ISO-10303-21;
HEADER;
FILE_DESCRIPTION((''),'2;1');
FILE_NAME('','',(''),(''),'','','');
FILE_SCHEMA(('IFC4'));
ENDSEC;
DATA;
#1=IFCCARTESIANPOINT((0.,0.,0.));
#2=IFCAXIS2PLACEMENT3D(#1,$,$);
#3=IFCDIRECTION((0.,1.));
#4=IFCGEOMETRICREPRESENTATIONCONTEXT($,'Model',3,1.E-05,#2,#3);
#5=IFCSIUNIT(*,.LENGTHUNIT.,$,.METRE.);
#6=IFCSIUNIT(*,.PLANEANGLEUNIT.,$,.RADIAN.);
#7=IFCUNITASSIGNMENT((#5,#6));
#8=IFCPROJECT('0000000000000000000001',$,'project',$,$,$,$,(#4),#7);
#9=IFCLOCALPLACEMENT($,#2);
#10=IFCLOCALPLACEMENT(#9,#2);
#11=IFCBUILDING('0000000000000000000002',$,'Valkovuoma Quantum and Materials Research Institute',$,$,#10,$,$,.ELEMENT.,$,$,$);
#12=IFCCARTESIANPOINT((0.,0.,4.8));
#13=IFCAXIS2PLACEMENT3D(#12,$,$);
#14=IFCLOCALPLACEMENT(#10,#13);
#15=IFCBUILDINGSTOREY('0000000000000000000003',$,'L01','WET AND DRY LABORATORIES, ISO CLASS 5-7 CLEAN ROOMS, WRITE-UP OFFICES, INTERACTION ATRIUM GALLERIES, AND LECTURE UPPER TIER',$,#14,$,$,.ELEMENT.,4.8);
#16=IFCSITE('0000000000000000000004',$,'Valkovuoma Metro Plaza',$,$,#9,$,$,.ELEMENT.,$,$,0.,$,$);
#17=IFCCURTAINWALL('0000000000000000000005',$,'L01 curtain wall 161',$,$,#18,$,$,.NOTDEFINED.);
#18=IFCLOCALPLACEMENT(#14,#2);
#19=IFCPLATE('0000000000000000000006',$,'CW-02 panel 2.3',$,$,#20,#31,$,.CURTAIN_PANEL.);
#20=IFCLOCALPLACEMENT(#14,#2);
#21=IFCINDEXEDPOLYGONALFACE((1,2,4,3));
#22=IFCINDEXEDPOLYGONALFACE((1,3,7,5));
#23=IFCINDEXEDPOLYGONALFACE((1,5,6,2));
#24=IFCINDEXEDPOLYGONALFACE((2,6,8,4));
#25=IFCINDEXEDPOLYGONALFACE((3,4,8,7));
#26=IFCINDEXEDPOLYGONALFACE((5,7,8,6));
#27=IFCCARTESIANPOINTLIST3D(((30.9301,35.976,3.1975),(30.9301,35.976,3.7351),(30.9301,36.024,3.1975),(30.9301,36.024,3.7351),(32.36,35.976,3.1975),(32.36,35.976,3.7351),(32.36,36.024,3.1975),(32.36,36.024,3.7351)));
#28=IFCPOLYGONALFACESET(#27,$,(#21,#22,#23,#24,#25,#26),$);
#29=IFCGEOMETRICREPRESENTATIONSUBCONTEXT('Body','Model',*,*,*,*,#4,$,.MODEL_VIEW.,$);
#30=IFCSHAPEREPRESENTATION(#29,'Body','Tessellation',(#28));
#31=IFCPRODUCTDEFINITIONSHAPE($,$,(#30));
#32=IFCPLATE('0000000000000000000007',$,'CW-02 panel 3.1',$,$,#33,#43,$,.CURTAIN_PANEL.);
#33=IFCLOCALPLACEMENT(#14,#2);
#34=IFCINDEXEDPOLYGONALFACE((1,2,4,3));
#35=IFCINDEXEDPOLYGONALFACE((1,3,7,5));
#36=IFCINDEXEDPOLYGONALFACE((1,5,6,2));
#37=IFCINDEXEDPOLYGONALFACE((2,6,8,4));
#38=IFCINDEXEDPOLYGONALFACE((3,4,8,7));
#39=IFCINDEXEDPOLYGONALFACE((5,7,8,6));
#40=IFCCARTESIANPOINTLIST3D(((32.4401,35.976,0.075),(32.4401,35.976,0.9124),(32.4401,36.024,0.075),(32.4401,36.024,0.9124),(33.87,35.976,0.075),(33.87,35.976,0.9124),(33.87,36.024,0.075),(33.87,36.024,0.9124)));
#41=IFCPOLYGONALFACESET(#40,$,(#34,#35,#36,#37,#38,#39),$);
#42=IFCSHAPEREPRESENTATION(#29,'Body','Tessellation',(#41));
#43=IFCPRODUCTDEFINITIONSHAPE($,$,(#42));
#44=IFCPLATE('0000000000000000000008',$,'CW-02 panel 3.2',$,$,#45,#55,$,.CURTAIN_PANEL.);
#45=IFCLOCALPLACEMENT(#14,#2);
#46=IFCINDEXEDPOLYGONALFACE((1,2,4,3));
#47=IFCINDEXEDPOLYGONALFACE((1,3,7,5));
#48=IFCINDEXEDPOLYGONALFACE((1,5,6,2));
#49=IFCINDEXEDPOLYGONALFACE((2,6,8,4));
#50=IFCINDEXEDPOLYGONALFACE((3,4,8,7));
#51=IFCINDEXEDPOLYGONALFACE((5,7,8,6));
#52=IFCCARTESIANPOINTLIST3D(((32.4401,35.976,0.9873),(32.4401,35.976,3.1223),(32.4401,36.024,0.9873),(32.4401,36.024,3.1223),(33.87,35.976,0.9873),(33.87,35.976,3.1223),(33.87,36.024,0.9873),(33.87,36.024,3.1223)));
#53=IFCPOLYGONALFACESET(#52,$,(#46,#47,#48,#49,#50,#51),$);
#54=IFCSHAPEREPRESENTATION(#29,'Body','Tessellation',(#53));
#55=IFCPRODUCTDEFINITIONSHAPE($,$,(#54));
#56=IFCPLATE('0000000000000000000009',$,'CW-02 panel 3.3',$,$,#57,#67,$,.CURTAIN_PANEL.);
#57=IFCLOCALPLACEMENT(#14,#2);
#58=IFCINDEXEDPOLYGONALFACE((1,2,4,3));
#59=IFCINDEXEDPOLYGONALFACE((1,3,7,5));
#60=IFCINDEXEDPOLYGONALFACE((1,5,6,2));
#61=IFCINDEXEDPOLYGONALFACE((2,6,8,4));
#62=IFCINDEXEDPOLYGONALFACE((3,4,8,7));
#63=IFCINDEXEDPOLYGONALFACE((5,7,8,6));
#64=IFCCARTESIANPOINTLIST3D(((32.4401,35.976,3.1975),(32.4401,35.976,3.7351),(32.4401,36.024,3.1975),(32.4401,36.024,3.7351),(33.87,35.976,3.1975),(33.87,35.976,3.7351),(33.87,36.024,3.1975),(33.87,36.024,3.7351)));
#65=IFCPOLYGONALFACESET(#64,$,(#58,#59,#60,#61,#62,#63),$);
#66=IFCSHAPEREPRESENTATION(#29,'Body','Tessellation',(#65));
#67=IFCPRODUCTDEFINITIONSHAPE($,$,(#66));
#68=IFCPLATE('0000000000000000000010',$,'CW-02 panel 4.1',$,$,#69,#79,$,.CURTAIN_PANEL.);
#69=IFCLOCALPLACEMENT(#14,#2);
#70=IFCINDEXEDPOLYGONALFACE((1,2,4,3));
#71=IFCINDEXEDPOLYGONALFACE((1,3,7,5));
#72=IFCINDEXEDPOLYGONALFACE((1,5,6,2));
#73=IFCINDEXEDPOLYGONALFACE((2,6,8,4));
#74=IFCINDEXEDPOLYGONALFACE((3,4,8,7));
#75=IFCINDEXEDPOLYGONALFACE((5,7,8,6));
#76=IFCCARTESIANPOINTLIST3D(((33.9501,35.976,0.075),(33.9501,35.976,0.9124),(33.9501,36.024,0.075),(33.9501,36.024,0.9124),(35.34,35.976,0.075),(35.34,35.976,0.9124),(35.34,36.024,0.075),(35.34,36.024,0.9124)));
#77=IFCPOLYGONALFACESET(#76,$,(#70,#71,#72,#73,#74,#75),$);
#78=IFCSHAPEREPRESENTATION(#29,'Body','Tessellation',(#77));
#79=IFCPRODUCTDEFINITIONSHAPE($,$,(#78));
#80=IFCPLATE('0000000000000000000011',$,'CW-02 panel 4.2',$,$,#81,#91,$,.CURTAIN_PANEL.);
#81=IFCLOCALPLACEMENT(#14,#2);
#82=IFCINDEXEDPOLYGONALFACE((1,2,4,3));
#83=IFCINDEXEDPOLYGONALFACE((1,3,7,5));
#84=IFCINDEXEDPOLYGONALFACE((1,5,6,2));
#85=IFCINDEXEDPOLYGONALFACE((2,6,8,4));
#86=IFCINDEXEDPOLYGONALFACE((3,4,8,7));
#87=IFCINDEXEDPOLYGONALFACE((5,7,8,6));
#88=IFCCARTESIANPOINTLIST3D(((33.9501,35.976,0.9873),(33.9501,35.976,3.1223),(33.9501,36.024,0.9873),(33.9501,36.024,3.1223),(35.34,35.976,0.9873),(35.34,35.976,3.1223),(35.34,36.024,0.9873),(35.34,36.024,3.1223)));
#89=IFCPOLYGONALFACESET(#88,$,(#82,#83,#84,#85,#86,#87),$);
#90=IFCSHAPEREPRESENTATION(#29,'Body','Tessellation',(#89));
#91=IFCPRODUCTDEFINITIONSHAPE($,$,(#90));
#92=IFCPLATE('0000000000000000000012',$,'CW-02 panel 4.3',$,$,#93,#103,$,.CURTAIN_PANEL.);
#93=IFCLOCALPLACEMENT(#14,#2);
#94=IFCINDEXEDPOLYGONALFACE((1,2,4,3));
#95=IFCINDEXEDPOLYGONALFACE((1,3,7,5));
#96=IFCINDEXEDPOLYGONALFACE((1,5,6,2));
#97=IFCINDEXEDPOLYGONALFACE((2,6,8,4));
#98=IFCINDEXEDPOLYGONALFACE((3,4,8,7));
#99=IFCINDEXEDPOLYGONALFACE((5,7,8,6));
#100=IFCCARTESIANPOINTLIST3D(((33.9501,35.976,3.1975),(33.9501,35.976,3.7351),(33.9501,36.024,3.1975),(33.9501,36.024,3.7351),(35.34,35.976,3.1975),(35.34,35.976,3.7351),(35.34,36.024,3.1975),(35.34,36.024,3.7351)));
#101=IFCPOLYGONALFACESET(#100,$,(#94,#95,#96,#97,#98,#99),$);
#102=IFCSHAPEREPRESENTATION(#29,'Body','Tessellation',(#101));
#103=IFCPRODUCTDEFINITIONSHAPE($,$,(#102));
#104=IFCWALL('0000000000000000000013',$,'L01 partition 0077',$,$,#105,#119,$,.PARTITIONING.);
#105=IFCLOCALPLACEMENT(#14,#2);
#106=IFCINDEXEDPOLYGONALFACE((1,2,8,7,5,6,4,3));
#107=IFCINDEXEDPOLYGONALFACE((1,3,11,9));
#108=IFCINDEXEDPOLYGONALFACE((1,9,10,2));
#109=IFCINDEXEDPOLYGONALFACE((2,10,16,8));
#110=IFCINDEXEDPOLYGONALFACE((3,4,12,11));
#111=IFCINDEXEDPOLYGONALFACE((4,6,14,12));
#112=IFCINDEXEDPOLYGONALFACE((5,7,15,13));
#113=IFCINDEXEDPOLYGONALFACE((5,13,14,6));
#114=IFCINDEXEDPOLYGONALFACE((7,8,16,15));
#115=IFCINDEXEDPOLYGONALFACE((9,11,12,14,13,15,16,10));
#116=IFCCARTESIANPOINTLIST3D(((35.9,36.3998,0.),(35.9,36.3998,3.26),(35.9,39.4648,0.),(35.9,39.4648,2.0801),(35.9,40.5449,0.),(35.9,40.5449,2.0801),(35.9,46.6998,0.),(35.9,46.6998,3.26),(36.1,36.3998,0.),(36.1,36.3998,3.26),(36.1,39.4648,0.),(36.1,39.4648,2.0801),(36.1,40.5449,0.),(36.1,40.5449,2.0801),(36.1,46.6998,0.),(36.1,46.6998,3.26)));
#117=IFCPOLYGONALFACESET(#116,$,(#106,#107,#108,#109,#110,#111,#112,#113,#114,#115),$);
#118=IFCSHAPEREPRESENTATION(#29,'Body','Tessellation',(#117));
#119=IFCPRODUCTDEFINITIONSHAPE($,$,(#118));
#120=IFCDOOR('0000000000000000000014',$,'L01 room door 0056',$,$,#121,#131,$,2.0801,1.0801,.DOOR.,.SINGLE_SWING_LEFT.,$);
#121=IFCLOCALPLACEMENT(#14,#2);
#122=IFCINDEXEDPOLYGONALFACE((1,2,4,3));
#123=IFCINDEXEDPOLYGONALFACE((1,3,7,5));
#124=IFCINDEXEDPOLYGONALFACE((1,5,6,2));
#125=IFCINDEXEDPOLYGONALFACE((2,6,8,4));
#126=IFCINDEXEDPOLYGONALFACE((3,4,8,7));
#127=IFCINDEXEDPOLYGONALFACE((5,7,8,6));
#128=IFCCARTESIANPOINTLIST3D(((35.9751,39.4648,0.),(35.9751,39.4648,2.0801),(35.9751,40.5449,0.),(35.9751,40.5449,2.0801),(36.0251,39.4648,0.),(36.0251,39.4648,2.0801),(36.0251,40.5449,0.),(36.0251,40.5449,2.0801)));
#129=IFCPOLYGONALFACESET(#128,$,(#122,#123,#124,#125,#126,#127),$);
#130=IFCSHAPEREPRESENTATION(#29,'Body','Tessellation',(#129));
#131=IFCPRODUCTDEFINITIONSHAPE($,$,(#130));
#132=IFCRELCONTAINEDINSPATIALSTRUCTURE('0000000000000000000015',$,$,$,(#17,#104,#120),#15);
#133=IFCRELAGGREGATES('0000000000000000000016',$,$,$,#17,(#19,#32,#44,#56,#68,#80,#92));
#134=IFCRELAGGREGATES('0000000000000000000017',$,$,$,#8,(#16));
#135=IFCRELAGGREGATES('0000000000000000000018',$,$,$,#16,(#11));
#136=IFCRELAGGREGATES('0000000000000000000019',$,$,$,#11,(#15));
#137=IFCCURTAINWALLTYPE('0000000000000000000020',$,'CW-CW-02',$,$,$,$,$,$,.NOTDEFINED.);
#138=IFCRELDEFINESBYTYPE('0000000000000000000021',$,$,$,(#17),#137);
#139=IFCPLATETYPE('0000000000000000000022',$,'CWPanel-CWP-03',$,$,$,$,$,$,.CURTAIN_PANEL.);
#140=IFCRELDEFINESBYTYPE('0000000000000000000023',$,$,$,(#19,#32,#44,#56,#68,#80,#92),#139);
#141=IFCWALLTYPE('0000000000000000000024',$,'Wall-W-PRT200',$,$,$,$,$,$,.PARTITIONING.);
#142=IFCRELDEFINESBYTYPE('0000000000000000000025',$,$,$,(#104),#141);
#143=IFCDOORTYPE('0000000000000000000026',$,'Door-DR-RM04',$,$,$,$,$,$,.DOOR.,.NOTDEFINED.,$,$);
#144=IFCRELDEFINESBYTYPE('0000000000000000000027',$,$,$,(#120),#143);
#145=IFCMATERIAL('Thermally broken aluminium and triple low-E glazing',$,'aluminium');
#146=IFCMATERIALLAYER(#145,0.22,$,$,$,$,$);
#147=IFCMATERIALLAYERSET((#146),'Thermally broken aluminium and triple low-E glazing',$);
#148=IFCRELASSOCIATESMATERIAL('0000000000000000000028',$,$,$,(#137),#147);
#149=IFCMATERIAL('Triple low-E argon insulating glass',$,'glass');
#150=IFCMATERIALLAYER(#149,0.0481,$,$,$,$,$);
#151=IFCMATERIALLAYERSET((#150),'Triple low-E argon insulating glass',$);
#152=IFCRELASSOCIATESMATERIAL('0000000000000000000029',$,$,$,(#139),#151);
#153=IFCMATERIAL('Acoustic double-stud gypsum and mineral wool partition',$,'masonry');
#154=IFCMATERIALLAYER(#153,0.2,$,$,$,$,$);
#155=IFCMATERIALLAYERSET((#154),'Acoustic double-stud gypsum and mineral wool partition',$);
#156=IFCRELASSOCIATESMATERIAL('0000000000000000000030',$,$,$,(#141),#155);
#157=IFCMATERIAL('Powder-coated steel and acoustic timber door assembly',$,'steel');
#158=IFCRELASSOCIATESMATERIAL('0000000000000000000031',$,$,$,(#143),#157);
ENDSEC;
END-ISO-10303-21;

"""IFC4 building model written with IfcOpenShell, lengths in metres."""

from ifc_helpers import new_model, si_unit, direction, frame, frame_2d, origin, origin_2d, place, context, subcontext, project, spatial, rectangle, extrude, material, layer, layer_set, type_object, element, fill, aggregate, save


model = new_model("IFC4")

# Units and contexts
model_context = context("Model", 3, precision=1e-05, world=origin(), true_north=direction((0.0, 1.0)))
body_context = subcontext(model_context, "Body", "Model", "MODEL_VIEW")
ifc_project = project(units=[si_unit("LENGTHUNIT", "METRE"), si_unit("PLANEANGLEUNIT", "RADIAN")], contexts=[model_context])

# Site, building, storey
site_placement = place(None, origin())
site = spatial("IfcSite", under=ifc_project, at=site_placement, Name="Valkovuoma Metro Plaza", CompositionType="ELEMENT", RefElevation=0.0)
building_placement = place(site_placement, origin())
building = spatial("IfcBuilding", under=site, at=building_placement, Name="Valkovuoma Quantum and Materials Research Institute", CompositionType="ELEMENT")
storey_placement = place(building_placement, frame((0.0, 0.0, 4.8)))
storey = spatial("IfcBuildingStorey", under=building, at=storey_placement, Name="L01", Description="WET AND DRY LABORATORIES, ISO CLASS 5-7 CLEAN ROOMS, WRITE-UP OFFICES, INTERACTION ATRIUM GALLERIES, AND LECTURE UPPER TIER", CompositionType="ELEMENT", Elevation=4.8)

# Curtain wall
ifc_material_1 = material(Name="Thermally broken aluminium and triple low-E glazing", Category="aluminium")
ifc_layer_1 = layer(ifc_material_1, 0.22)
ifc_layer_set_1 = layer_set([ifc_layer_1], Name="Thermally broken aluminium and triple low-E glazing")
curtain_wall_type = type_object("IfcCurtainWallType", Name="CW-CW-02", PredefinedType="NOTDEFINED", material=ifc_layer_set_1)
curtain_wall_1_placement = place(storey_placement, origin())
curtain_wall_1 = element("IfcCurtainWall", 1, at=curtain_wall_1_placement, inside=storey, type_object=curtain_wall_type, Name="L01 curtain wall 161", PredefinedType="NOTDEFINED")

# Plates
ifc_material_2 = material(Name="Triple low-E argon insulating glass", Category="glass")
ifc_layer_2 = layer(ifc_material_2, 0.0481)
ifc_layer_set_2 = layer_set([ifc_layer_2], Name="Triple low-E argon insulating glass")
plate_type = type_object("IfcPlateType", Name="CWPanel-CWP-03", PredefinedType="CURTAIN_PANEL", material=ifc_layer_set_2)
plate_1_placement = place(storey_placement, frame((31.645, 36.0, 3.1975), z_axis=(0.0, 0.0, 1.0), x_axis=(1.0, 0.0, 0.0)))
plate_1 = element("IfcPlate", 2, at=plate_1_placement, type_object=plate_type, Name="CW-02 panel 2.3", PredefinedType="CURTAIN_PANEL", context=body_context, shape_type="SweptSolid", body=[
    extrude(rectangle(XDim=1.4299, YDim=0.0481, at=origin_2d()), origin(), (0.0, 0.0, 1.0), 0.5376),
])
plate_2_placement = place(storey_placement, frame((33.155, 36.0, 0.075), z_axis=(0.0, 0.0, 1.0), x_axis=(1.0, 0.0, 0.0)))
plate_2 = element("IfcPlate", 3, at=plate_2_placement, type_object=plate_type, Name="CW-02 panel 3.1", PredefinedType="CURTAIN_PANEL", context=body_context, shape_type="SweptSolid", body=[
    extrude(rectangle(XDim=1.4299, YDim=0.0481, at=origin_2d()), origin(), (0.0, 0.0, 1.0), 0.8374),
])
plate_3_placement = place(storey_placement, frame((33.155, 36.0, 0.9873), z_axis=(0.0, 0.0, 1.0), x_axis=(1.0, 0.0, 0.0)))
plate_3 = element("IfcPlate", 4, at=plate_3_placement, type_object=plate_type, Name="CW-02 panel 3.2", PredefinedType="CURTAIN_PANEL", context=body_context, shape_type="SweptSolid", body=[
    extrude(rectangle(XDim=1.4299, YDim=0.0481, at=origin_2d()), origin(), (0.0, 0.0, 1.0), 2.135),
])
plate_4_placement = place(storey_placement, frame((33.155, 36.0, 3.1975), z_axis=(0.0, 0.0, 1.0), x_axis=(1.0, 0.0, 0.0)))
plate_4 = element("IfcPlate", 5, at=plate_4_placement, type_object=plate_type, Name="CW-02 panel 3.3", PredefinedType="CURTAIN_PANEL", context=body_context, shape_type="SweptSolid", body=[
    extrude(rectangle(XDim=1.4299, YDim=0.0481, at=origin_2d()), origin(), (0.0, 0.0, 1.0), 0.5376),
])
plate_5_placement = place(storey_placement, frame((34.645, 36.0, 0.075), z_axis=(0.0, 0.0, 1.0), x_axis=(1.0, 0.0, 0.0)))
plate_5 = element("IfcPlate", 6, at=plate_5_placement, type_object=plate_type, Name="CW-02 panel 4.1", PredefinedType="CURTAIN_PANEL", context=body_context, shape_type="SweptSolid", body=[
    extrude(rectangle(XDim=1.3899, YDim=0.0481, at=origin_2d()), origin(), (0.0, 0.0, 1.0), 0.8374),
])
plate_6_placement = place(storey_placement, frame((34.645, 36.0, 0.9873), z_axis=(0.0, 0.0, 1.0), x_axis=(1.0, 0.0, 0.0)))
plate_6 = element("IfcPlate", 7, at=plate_6_placement, type_object=plate_type, Name="CW-02 panel 4.2", PredefinedType="CURTAIN_PANEL", context=body_context, shape_type="SweptSolid", body=[
    extrude(rectangle(XDim=1.3899, YDim=0.0481, at=origin_2d()), origin(), (0.0, 0.0, 1.0), 2.135),
])
plate_7_placement = place(storey_placement, frame((34.645, 36.0, 3.1975), z_axis=(0.0, 0.0, 1.0), x_axis=(1.0, 0.0, 0.0)))
plate_7 = element("IfcPlate", 8, at=plate_7_placement, type_object=plate_type, Name="CW-02 panel 4.3", PredefinedType="CURTAIN_PANEL", context=body_context, shape_type="SweptSolid", body=[
    extrude(rectangle(XDim=1.3899, YDim=0.0481, at=origin_2d()), origin(), (0.0, 0.0, 1.0), 0.5376),
])
aggregate(curtain_wall_1, [plate_1, plate_2, plate_3, plate_4, plate_5, plate_6, plate_7])

# Wall, opening, door
ifc_material_3 = material(Name="Acoustic double-stud gypsum and mineral wool partition", Category="masonry")
ifc_layer_3 = layer(ifc_material_3, 0.2)
ifc_layer_set_3 = layer_set([ifc_layer_3], Name="Acoustic double-stud gypsum and mineral wool partition")
wall_type = type_object("IfcWallType", Name="Wall-W-PRT200", PredefinedType="PARTITIONING", material=ifc_layer_set_3)
wall_placement = place(storey_placement, frame((36.0, 36.3999, 0.0), z_axis=(0.0, 0.0, 1.0), x_axis=(0.0, 1.0, 0.0)))
wall = element("IfcWall", 9, at=wall_placement, inside=storey, type_object=wall_type, Name="L01 partition 0077", PredefinedType="PARTITIONING", context=body_context, shape_type="SweptSolid", body=[
    extrude(rectangle(XDim=10.3, YDim=0.2, at=frame_2d((5.1499, 0.0))), origin(), (0.0, 0.0, 1.0), 3.26),
])
opening_placement = place(wall_placement, frame((3.0649, 0.0, 0.0)))
opening = element("IfcOpeningElement", 10, at=opening_placement, cuts=wall, PredefinedType="OPENING", context=body_context, shape_type="SweptSolid", body=[
    extrude(rectangle(XDim=1.0801, YDim=2.0801, at=frame_2d((0.54, 1.04))), frame((0.0, 0.1099, 0.0), z_axis=(0.0, -1.0, 0.0), x_axis=(1.0, 0.0, 0.0)), (0.0, 0.0, 1.0), 0.22),
])
ifc_material_4 = material(Name="Powder-coated steel and acoustic timber door assembly", Category="steel")
door_type = type_object("IfcDoorType", Name="Door-DR-RM04", OperationType="NOTDEFINED", PredefinedType="DOOR", material=ifc_material_4)
door_placement = place(opening_placement, origin())
door = element("IfcDoor", 11, at=door_placement, inside=storey, type_object=door_type, Name="L01 room door 0056", OperationType="SINGLE_SWING_LEFT", OverallHeight=2.0801, OverallWidth=1.0801, PredefinedType="DOOR", context=body_context, shape_type="SweptSolid", body=[
    extrude(rectangle(XDim=1.0801, YDim=2.0801, at=frame_2d((0.54, 1.04))), frame((0.0, 0.0249, 0.0), z_axis=(0.0, -1.0, 0.0), x_axis=(1.0, 0.0, 0.0)), (0.0, 0.0, 1.0), 0.05),
])
fill(opening, door)

save(model, "model.ifc")
